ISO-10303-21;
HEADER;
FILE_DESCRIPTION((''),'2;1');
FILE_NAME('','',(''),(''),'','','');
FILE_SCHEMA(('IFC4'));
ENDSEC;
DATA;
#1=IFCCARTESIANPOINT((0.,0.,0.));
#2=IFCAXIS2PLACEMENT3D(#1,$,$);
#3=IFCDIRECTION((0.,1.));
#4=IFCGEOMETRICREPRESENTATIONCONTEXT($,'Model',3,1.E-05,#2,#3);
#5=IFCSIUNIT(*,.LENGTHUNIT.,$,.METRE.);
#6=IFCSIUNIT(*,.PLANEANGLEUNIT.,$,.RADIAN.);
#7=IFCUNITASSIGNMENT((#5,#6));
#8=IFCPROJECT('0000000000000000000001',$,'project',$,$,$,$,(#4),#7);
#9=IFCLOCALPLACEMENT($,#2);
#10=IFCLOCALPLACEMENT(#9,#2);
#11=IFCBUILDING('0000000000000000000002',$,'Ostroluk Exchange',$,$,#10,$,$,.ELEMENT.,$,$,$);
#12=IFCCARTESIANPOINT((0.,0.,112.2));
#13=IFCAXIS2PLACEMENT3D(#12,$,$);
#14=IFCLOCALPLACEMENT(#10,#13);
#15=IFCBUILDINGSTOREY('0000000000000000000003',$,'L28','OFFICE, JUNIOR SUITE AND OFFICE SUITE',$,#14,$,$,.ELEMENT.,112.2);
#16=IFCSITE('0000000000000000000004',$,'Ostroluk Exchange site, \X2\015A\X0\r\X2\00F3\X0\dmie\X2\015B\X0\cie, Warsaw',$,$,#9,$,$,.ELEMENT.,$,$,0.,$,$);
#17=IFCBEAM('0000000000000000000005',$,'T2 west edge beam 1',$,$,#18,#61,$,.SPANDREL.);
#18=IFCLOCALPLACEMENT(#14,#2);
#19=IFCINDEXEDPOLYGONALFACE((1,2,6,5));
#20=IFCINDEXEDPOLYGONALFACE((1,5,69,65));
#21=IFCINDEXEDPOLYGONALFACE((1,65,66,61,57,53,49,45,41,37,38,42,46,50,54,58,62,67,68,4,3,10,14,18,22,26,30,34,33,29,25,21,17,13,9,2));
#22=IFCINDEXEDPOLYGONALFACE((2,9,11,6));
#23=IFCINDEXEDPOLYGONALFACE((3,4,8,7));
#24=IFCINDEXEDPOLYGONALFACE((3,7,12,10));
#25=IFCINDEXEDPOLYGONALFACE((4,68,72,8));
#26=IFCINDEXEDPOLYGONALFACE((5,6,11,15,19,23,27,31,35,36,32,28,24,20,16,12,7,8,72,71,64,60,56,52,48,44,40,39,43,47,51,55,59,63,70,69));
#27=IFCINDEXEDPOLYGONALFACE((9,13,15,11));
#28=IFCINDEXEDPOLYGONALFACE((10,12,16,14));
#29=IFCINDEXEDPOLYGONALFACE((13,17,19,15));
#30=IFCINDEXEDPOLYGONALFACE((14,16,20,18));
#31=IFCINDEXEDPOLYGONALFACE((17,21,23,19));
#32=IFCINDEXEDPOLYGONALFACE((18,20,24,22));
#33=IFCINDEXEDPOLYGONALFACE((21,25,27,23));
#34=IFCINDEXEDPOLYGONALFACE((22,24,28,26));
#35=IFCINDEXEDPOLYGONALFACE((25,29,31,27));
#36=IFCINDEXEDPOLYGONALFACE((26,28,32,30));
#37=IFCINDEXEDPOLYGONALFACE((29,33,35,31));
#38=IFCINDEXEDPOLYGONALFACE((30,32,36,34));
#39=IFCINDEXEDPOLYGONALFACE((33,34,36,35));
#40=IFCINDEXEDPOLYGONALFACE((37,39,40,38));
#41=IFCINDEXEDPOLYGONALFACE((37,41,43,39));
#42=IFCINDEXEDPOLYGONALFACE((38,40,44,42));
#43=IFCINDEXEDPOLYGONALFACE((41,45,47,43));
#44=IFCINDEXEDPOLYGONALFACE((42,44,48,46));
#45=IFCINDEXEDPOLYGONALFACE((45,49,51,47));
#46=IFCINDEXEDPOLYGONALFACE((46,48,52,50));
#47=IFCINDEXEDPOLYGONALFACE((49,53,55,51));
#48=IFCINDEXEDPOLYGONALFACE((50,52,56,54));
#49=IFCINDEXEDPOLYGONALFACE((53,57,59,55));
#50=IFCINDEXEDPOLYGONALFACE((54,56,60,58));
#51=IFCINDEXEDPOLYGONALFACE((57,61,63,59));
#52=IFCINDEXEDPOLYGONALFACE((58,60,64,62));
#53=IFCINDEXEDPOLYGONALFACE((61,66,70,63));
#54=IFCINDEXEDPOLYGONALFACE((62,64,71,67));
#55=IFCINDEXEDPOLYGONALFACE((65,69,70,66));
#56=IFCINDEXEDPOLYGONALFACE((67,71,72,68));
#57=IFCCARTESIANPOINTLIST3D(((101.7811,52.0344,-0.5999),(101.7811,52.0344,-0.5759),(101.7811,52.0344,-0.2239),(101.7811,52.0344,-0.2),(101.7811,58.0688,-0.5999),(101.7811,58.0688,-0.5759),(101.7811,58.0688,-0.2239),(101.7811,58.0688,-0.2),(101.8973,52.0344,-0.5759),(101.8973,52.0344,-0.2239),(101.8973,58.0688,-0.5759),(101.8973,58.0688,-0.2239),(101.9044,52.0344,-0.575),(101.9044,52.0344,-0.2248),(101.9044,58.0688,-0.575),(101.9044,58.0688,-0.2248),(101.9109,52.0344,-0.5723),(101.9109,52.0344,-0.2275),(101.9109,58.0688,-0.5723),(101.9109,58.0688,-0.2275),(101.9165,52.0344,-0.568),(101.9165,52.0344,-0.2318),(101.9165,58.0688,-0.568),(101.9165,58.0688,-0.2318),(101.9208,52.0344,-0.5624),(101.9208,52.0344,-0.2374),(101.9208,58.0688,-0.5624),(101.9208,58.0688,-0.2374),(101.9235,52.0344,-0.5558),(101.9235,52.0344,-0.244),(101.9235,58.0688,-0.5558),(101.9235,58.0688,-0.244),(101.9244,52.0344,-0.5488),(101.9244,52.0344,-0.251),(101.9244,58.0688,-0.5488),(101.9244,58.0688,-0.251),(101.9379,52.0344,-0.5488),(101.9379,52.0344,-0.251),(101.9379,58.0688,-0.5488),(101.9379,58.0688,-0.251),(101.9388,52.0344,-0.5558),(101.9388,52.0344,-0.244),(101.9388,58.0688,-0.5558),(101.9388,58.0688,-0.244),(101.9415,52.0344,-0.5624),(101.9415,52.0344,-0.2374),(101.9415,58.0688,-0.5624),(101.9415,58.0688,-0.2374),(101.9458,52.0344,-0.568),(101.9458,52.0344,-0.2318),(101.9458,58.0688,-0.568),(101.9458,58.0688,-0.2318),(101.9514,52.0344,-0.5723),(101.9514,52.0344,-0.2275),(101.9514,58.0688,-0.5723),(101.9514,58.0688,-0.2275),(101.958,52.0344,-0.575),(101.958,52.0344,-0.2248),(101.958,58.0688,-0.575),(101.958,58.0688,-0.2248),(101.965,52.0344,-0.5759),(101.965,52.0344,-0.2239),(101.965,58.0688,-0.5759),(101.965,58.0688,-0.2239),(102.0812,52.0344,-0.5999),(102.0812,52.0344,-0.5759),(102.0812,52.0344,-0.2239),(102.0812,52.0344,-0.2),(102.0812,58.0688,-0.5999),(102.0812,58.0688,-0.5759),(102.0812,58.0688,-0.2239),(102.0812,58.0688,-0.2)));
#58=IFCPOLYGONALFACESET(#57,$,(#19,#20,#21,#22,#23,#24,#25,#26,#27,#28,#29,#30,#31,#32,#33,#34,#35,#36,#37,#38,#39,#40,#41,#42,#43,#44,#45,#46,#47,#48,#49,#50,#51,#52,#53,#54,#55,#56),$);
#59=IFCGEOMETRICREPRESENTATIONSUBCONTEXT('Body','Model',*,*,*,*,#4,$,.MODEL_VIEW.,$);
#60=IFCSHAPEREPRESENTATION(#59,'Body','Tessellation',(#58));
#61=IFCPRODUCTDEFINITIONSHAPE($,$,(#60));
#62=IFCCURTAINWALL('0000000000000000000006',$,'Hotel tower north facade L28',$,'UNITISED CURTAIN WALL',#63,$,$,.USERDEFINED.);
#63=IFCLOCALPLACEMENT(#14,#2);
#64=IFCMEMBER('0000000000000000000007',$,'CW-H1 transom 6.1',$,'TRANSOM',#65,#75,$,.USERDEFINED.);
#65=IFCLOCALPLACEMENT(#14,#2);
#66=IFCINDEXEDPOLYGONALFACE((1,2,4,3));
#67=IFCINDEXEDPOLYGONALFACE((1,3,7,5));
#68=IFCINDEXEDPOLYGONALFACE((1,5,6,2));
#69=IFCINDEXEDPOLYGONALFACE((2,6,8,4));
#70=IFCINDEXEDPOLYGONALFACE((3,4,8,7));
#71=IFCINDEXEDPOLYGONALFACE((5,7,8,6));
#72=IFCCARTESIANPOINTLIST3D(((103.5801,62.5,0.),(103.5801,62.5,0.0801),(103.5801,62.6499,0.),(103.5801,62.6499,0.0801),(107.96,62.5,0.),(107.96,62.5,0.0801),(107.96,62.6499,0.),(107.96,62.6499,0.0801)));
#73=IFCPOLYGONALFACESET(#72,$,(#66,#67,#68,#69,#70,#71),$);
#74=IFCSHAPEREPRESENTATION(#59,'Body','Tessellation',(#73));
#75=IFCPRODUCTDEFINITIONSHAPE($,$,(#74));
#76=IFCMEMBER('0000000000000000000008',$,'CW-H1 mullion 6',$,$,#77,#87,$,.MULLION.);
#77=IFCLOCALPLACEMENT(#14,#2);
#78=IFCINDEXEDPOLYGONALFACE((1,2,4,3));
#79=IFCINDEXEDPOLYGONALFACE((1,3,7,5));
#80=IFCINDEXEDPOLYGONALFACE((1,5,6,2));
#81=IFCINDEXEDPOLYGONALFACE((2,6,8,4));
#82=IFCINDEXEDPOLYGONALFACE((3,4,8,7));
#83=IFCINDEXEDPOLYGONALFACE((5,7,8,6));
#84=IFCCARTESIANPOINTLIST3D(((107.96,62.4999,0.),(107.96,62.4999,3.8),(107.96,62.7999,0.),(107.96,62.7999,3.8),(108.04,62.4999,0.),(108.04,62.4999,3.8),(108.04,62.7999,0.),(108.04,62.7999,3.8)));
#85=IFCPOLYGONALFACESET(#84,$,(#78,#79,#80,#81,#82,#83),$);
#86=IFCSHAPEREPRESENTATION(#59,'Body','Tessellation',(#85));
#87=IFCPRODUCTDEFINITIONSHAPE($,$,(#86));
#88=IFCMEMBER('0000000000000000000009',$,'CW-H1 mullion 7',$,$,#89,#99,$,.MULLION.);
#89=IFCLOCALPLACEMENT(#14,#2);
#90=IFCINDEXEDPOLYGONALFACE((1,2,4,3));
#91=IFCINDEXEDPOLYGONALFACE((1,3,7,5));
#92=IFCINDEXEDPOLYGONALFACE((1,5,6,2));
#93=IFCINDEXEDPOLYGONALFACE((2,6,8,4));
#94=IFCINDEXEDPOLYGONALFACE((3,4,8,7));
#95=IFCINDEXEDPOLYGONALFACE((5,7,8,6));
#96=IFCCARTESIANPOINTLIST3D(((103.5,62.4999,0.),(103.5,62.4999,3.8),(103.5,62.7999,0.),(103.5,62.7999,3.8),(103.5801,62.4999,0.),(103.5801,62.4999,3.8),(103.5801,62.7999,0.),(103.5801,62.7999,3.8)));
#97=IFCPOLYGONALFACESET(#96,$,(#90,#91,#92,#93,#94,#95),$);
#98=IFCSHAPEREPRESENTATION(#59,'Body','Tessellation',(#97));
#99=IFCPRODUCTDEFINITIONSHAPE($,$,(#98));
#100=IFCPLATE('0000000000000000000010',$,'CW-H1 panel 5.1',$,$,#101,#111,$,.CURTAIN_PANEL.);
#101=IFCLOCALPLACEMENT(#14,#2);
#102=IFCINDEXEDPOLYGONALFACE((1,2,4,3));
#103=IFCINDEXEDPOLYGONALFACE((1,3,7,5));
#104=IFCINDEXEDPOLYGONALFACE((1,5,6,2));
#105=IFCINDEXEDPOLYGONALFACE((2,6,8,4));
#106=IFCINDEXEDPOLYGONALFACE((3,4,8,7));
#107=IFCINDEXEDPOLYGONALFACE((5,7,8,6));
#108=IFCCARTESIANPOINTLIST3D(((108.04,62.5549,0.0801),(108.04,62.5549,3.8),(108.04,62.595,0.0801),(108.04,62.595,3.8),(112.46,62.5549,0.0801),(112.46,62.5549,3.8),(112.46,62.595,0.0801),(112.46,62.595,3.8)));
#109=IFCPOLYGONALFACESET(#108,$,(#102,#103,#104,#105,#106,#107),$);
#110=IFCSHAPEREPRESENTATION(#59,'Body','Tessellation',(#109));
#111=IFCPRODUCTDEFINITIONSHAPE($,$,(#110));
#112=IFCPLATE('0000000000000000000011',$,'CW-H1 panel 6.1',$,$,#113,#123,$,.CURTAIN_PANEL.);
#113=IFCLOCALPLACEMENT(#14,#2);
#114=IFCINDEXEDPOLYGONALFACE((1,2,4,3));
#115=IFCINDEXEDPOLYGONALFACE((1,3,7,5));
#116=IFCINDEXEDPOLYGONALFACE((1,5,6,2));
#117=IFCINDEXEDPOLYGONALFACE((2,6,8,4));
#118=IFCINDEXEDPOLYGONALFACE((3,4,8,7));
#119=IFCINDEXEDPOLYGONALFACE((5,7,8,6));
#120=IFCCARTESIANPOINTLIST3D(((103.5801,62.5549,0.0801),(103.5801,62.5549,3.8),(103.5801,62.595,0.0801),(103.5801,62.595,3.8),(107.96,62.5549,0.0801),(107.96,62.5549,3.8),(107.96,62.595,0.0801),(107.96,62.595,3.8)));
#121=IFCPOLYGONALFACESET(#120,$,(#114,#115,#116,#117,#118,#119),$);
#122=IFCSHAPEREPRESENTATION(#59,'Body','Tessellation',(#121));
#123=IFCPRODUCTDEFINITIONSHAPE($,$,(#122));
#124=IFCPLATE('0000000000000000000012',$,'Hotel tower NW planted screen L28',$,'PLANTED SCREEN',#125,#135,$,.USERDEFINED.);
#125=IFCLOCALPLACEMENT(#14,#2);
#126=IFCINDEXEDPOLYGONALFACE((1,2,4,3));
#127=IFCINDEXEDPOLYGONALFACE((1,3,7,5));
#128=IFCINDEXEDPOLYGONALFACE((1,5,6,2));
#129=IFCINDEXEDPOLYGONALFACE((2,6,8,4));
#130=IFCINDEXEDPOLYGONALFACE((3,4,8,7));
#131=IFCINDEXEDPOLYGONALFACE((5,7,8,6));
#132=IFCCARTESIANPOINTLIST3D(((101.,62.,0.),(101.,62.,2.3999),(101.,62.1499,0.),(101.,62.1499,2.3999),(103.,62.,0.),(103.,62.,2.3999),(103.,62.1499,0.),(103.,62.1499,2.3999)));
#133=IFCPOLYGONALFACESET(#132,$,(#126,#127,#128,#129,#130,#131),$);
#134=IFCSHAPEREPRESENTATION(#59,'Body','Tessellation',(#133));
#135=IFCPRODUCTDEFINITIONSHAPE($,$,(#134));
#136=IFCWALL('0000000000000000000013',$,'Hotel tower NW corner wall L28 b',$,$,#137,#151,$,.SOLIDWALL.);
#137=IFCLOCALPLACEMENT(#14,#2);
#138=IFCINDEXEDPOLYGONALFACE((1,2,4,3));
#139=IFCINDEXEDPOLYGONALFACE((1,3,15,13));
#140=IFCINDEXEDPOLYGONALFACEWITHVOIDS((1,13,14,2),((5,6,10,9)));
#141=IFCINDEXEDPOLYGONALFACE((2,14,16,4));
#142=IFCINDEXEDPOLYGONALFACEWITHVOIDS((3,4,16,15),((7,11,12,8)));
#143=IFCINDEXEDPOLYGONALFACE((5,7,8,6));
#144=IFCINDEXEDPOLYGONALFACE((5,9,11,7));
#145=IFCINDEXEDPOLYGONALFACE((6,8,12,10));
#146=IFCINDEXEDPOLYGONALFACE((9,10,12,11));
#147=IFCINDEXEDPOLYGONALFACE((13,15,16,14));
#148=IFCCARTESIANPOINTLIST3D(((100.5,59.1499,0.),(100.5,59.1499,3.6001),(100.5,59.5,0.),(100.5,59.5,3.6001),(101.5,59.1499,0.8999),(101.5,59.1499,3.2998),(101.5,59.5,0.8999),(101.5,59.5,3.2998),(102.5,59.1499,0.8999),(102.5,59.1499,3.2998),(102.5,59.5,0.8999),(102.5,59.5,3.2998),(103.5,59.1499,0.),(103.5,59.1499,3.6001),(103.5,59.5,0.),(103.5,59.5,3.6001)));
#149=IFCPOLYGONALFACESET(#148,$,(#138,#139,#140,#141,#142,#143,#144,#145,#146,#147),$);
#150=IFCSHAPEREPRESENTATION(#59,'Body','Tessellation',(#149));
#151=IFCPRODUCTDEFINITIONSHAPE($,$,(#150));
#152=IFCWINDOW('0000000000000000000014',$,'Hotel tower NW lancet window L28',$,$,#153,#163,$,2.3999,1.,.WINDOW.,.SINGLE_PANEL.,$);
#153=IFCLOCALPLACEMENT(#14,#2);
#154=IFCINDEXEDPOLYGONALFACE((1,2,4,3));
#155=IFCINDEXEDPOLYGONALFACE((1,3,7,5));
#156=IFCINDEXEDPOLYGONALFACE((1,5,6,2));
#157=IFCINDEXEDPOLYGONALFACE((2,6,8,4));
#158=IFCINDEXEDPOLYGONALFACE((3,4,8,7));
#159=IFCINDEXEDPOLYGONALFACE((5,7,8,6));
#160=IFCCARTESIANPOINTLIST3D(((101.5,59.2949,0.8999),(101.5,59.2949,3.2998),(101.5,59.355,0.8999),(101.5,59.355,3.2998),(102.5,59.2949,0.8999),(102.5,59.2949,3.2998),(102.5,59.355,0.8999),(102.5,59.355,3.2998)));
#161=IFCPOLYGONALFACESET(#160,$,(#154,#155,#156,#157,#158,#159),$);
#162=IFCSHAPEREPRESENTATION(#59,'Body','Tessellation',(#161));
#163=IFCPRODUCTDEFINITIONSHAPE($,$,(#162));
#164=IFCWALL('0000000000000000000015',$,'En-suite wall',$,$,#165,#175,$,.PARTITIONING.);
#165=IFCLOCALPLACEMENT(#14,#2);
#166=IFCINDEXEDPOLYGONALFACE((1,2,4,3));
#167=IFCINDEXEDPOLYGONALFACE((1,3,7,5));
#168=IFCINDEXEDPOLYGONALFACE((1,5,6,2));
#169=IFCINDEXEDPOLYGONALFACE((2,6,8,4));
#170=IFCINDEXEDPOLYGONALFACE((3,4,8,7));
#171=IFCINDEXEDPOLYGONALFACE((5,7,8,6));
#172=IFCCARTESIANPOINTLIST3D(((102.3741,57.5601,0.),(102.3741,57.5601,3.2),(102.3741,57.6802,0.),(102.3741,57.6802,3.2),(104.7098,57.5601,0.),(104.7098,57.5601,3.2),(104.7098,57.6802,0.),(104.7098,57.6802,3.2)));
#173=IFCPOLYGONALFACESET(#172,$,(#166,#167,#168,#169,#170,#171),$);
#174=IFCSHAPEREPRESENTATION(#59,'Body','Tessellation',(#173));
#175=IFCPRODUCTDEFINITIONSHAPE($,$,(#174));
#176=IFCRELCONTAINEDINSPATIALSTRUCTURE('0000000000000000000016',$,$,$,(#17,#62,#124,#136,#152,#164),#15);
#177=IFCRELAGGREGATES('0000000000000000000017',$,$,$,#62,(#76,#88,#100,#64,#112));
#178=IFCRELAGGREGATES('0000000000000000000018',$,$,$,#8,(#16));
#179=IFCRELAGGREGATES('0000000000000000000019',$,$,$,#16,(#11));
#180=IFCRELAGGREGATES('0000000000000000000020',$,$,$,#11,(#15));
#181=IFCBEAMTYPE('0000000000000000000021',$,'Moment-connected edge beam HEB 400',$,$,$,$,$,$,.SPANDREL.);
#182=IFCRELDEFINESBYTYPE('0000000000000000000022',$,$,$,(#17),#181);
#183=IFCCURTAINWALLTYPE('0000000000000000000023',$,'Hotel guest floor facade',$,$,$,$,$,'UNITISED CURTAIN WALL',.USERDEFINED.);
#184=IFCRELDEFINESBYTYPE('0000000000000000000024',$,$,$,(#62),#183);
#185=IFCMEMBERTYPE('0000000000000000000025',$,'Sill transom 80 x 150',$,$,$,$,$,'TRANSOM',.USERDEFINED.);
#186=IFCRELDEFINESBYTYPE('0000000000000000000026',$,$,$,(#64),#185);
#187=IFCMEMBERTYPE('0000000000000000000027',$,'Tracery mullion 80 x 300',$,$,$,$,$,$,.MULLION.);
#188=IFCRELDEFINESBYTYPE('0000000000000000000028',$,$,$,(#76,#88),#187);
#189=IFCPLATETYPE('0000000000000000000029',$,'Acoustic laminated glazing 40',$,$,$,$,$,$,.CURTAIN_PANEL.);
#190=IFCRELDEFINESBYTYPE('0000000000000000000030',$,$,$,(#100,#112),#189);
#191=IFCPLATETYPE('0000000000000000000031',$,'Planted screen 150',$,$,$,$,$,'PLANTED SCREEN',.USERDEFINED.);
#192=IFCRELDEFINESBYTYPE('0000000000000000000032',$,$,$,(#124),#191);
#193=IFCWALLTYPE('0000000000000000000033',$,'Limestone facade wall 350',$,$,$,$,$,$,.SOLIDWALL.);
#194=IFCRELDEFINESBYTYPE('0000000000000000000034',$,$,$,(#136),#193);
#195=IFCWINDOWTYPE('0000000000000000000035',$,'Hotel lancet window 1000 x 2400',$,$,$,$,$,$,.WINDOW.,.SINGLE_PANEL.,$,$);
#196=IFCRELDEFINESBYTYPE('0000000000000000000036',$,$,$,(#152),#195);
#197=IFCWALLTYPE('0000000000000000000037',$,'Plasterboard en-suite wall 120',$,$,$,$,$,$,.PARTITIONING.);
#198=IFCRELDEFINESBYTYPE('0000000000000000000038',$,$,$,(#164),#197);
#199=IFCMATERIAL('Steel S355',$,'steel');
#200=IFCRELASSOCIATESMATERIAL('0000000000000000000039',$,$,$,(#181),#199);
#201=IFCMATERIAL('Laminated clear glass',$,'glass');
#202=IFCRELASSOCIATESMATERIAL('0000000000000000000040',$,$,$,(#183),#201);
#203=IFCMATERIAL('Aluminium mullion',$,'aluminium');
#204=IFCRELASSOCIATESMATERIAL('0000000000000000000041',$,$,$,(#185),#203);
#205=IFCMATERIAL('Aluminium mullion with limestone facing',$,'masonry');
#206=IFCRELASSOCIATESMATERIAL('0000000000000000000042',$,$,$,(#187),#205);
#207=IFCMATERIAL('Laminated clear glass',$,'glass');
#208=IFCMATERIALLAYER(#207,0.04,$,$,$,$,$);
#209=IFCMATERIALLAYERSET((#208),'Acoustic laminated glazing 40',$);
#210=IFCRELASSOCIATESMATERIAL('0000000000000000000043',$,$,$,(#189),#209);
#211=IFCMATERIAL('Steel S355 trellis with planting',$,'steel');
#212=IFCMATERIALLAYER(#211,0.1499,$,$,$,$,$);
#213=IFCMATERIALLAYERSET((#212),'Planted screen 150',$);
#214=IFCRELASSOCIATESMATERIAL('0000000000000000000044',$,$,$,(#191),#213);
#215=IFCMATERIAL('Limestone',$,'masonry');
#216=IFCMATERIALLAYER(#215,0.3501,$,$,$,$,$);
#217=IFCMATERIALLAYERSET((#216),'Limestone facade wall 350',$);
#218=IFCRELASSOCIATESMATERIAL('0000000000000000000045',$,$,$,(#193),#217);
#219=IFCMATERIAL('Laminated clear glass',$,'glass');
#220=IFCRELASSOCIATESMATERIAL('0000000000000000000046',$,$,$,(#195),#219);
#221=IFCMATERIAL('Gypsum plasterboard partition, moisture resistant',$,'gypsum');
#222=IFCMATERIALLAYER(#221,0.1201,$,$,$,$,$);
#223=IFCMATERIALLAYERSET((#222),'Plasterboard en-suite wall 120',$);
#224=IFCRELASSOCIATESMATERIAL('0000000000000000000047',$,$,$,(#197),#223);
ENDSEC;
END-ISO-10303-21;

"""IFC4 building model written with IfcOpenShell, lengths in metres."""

from ifc_helpers import new_model, si_unit, direction, frame, frame_2d, origin, origin_2d, place, context, subcontext, project, spatial, rectangle, i_section, extrude, material, layer, layer_set, material_profile, profile_set, type_object, element, fill, aggregate, save


model = new_model("IFC4")

# Units and contexts
model_context = context("Model", 3, precision=1e-05, world=origin(), true_north=direction((0.0, 1.0)))
body_context = subcontext(model_context, "Body", "Model", "MODEL_VIEW")
ifc_project = project(units=[si_unit("LENGTHUNIT", "METRE"), si_unit("PLANEANGLEUNIT", "RADIAN")], contexts=[model_context])

# Site, building, storey
site_placement = place(None, origin())
site = spatial("IfcSite", under=ifc_project, at=site_placement, Name="Ostroluk Exchange site, Śródmieście, Warsaw", CompositionType="ELEMENT", RefElevation=0.0)
building_placement = place(site_placement, origin())
building = spatial("IfcBuilding", under=site, at=building_placement, Name="Ostroluk Exchange", CompositionType="ELEMENT")
storey_placement = place(building_placement, frame((0.0, 0.0, 112.2)))
storey = spatial("IfcBuildingStorey", under=building, at=storey_placement, Name="L28", Description="OFFICE, JUNIOR SUITE AND OFFICE SUITE", CompositionType="ELEMENT", Elevation=112.2)

# Beam
ifc_material_1 = material(Name="Steel S355", Category="steel")
ifc_material_profile_1 = material_profile(ifc_material_1, i_section(OverallWidth=0.3, OverallDepth=0.3999, WebThickness=0.0134, FlangeThickness=0.0239, FilletRadius=0.0271, at=origin_2d()), Name="HEB 400")
ifc_profile_set_1 = profile_set([ifc_material_profile_1], Name="Steel S355")
beam_type_1 = type_object("IfcBeamType", Name="Moment-connected edge beam HEB 400", PredefinedType="SPANDREL", material=ifc_profile_set_1)
for number, where, z_axis, x_axis, name in (
    (1, (101.9312, 58.0688, -0.3999), (0.0, -1.0, 0.0), (1.0, 0.0, 0.0), "T2 west edge beam 1"),
):
    element("IfcBeam", number, at=place(storey_placement, frame(where, z_axis=z_axis, x_axis=x_axis)), inside=storey, type_object=beam_type_1, Name=name, PredefinedType="SPANDREL", context=body_context, shape_type="SweptSolid", body=[
        extrude(i_section(OverallWidth=0.3, OverallDepth=0.3999, WebThickness=0.0134, FlangeThickness=0.0239, FilletRadius=0.0271, at=origin_2d()), origin(), (0.0, 0.0, 1.0), 6.0344),
    ])

# Curtain wall, members, plates
ifc_material_2 = material(Name="Laminated clear glass", Category="glass")
curtain_wall_type = type_object("IfcCurtainWallType", Name="Hotel guest floor facade", ElementType="UNITISED CURTAIN WALL", PredefinedType="USERDEFINED", material=ifc_material_2)
curtain_wall_placement = place(storey_placement, origin())
curtain_wall = element("IfcCurtainWall", 2, at=curtain_wall_placement, inside=storey, type_object=curtain_wall_type, Name="Hotel tower north facade L28", ObjectType="UNITISED CURTAIN WALL", PredefinedType="USERDEFINED")
ifc_material_3 = material(Name="Aluminium mullion", Category="aluminium")
ifc_material_profile_2 = material_profile(ifc_material_3, rectangle(XDim=0.1499, YDim=0.0801, at=origin_2d()), Name="Sill transom 80 x 150")
ifc_profile_set_2 = profile_set([ifc_material_profile_2], Name="Aluminium mullion")
member_type_1 = type_object("IfcMemberType", Name="Sill transom 80 x 150", ElementType="TRANSOM", PredefinedType="USERDEFINED", material=ifc_profile_set_2)
member_1_placement = place(storey_placement, frame((107.96, 62.575, 0.04), z_axis=(-1.0, 0.0, 0.0), x_axis=(0.0, -1.0, 0.0)))
member_1 = element("IfcMember", 3, at=member_1_placement, type_object=member_type_1, Name="CW-H1 transom 6.1", ObjectType="TRANSOM", PredefinedType="USERDEFINED", context=body_context, shape_type="SweptSolid", body=[
    extrude(rectangle(XDim=0.1499, YDim=0.0801, at=origin_2d()), origin(), (0.0, 0.0, 1.0), 4.3799),
])
ifc_material_4 = material(Name="Aluminium mullion with limestone facing", Category="masonry")
ifc_material_profile_3 = material_profile(ifc_material_4, rectangle(XDim=0.3, YDim=0.0801, at=origin_2d()), Name="Tracery mullion 80 x 300")
ifc_profile_set_3 = profile_set([ifc_material_profile_3], Name="Aluminium mullion with limestone facing")
member_type_2 = type_object("IfcMemberType", Name="Tracery mullion 80 x 300", PredefinedType="MULLION", material=ifc_profile_set_3)
member_2_placement = place(storey_placement, frame((108.0, 62.6499, 0.0), z_axis=(0.0, 0.0, 1.0), x_axis=(0.0, -1.0, 0.0)))
member_2 = element("IfcMember", 4, at=member_2_placement, type_object=member_type_2, Name="CW-H1 mullion 6", PredefinedType="MULLION", context=body_context, shape_type="SweptSolid", body=[
    extrude(rectangle(XDim=0.3, YDim=0.0801, at=origin_2d()), origin(), (0.0, 0.0, 1.0), 3.8),
])
member_3_placement = place(storey_placement, frame((103.54, 62.6499, 0.0), z_axis=(0.0, 0.0, 1.0), x_axis=(0.0, -1.0, 0.0)))
member_3 = element("IfcMember", 5, at=member_3_placement, type_object=member_type_2, Name="CW-H1 mullion 7", PredefinedType="MULLION", context=body_context, shape_type="SweptSolid", body=[
    extrude(rectangle(XDim=0.3, YDim=0.0801, at=origin_2d()), origin(), (0.0, 0.0, 1.0), 3.8),
])
ifc_material_5 = material(Name="Laminated clear glass", Category="glass")
ifc_layer_1 = layer(ifc_material_5, 0.04)
ifc_layer_set_1 = layer_set([ifc_layer_1], Name="Acoustic laminated glazing 40")
plate_type_1 = type_object("IfcPlateType", Name="Acoustic laminated glazing 40", PredefinedType="CURTAIN_PANEL", material=ifc_layer_set_1)
plate_1_placement = place(storey_placement, frame((110.25, 62.575, 0.0801), z_axis=(0.0, 0.0, 1.0), x_axis=(-1.0, 0.0, 0.0)))
plate_1 = element("IfcPlate", 6, at=plate_1_placement, type_object=plate_type_1, Name="CW-H1 panel 5.1", PredefinedType="CURTAIN_PANEL", context=body_context, shape_type="SweptSolid", body=[
    extrude(rectangle(XDim=4.4199, YDim=0.04, at=origin_2d()), origin(), (0.0, 0.0, 1.0), 3.72),
])
plate_2_placement = place(storey_placement, frame((105.77, 62.575, 0.0801), z_axis=(0.0, 0.0, 1.0), x_axis=(-1.0, 0.0, 0.0)))
plate_2 = element("IfcPlate", 7, at=plate_2_placement, type_object=plate_type_1, Name="CW-H1 panel 6.1", PredefinedType="CURTAIN_PANEL", context=body_context, shape_type="SweptSolid", body=[
    extrude(rectangle(XDim=4.3799, YDim=0.04, at=origin_2d()), origin(), (0.0, 0.0, 1.0), 3.72),
])
aggregate(curtain_wall, [member_2, member_3, plate_1, member_1, plate_2])

# Plate
ifc_material_6 = material(Name="Steel S355 trellis with planting", Category="steel")
ifc_layer_2 = layer(ifc_material_6, 0.1499)
ifc_layer_set_2 = layer_set([ifc_layer_2], Name="Planted screen 150")
plate_type_2 = type_object("IfcPlateType", Name="Planted screen 150", ElementType="PLANTED SCREEN", PredefinedType="USERDEFINED", material=ifc_layer_set_2)
plate_3_placement = place(storey_placement, frame((102.0, 62.075, 0.0), z_axis=(0.0, 0.0, 1.0), x_axis=(1.0, 0.0, 0.0)))
element("IfcPlate", 8, at=plate_3_placement, inside=storey, type_object=plate_type_2, Name="Hotel tower NW planted screen L28", ObjectType="PLANTED SCREEN", PredefinedType="USERDEFINED", context=body_context, shape_type="SweptSolid", body=[
    extrude(rectangle(XDim=2.0, YDim=0.1499, at=origin_2d()), origin(), (0.0, 0.0, 1.0), 2.3999),
])

# Shared definitions
ifc_material_7 = material(Name="Limestone", Category="masonry")
ifc_layer_3 = layer(ifc_material_7, 0.3501)
ifc_layer_set_3 = layer_set([ifc_layer_3], Name="Limestone facade wall 350")
wall_type_1 = type_object("IfcWallType", Name="Limestone facade wall 350", PredefinedType="SOLIDWALL", material=ifc_layer_set_3)

# Wall, opening, window
wall_1_placement = place(storey_placement, frame((103.5, 59.325, 0.0), z_axis=(0.0, 0.0, 1.0), x_axis=(-1.0, 0.0, 0.0)))
wall_1 = element("IfcWall", 9, at=wall_1_placement, inside=storey, type_object=wall_type_1, Name="Hotel tower NW corner wall L28 b", PredefinedType="SOLIDWALL", context=body_context, shape_type="SweptSolid", body=[
    extrude(rectangle(XDim=3.0, YDim=0.3501, at=frame_2d((1.5, 0.0))), origin(), (0.0, 0.0, 1.0), 3.6001),
])
opening_1_placement = place(wall_1_placement, frame((1.0, 0.0, 0.8999)))
opening_1 = element("IfcOpeningElement", 10, at=opening_1_placement, cuts=wall_1, PredefinedType="OPENING", context=body_context, shape_type="SweptSolid", body=[
    extrude(rectangle(XDim=1.0, YDim=2.3999, at=frame_2d((0.5, 1.2))), frame((0.0, 0.1851, 0.0), z_axis=(0.0, -1.0, 0.0), x_axis=(1.0, 0.0, 0.0)), (0.0, 0.0, 1.0), 0.3701),
])
ifc_material_8 = material(Name="Laminated clear glass", Category="glass")
window_type = type_object("IfcWindowType", Name="Hotel lancet window 1000 x 2400", PartitioningType="SINGLE_PANEL", PredefinedType="WINDOW", material=ifc_material_8)
window_placement = place(opening_1_placement, origin())
window = element("IfcWindow", 11, at=window_placement, inside=storey, type_object=window_type, Name="Hotel tower NW lancet window L28", OverallHeight=2.3999, OverallWidth=1.0, PartitioningType="SINGLE_PANEL", PredefinedType="WINDOW", context=body_context, shape_type="SweptSolid", body=[
    extrude(rectangle(XDim=1.0, YDim=2.3999, at=frame_2d((0.5, 1.2))), frame((0.0, 0.03, 0.0), z_axis=(0.0, -1.0, 0.0), x_axis=(1.0, 0.0, 0.0)), (0.0, 0.0, 1.0), 0.0601),
])
fill(opening_1, window)

# Wall
ifc_material_9 = material(Name="Gypsum plasterboard partition, moisture resistant", Category="gypsum")
ifc_layer_4 = layer(ifc_material_9, 0.1201)
ifc_layer_set_4 = layer_set([ifc_layer_4], Name="Plasterboard en-suite wall 120")
wall_type_2 = type_object("IfcWallType", Name="Plasterboard en-suite wall 120", PredefinedType="PARTITIONING", material=ifc_layer_set_4)
wall_2_placement = place(storey_placement, frame((104.71, 57.6201, 0.0), z_axis=(0.0, 0.0, 1.0), x_axis=(-1.0, 0.0, 0.0)))
element("IfcWall", 12, at=wall_2_placement, inside=storey, type_object=wall_type_2, Name="En-suite wall", PredefinedType="PARTITIONING", context=body_context, shape_type="SweptSolid", body=[
    extrude(rectangle(XDim=2.3357, YDim=0.1201, at=frame_2d((1.168, 0.0))), origin(), (0.0, 0.0, 1.0), 3.2),
])

save(model, "model.ifc")
